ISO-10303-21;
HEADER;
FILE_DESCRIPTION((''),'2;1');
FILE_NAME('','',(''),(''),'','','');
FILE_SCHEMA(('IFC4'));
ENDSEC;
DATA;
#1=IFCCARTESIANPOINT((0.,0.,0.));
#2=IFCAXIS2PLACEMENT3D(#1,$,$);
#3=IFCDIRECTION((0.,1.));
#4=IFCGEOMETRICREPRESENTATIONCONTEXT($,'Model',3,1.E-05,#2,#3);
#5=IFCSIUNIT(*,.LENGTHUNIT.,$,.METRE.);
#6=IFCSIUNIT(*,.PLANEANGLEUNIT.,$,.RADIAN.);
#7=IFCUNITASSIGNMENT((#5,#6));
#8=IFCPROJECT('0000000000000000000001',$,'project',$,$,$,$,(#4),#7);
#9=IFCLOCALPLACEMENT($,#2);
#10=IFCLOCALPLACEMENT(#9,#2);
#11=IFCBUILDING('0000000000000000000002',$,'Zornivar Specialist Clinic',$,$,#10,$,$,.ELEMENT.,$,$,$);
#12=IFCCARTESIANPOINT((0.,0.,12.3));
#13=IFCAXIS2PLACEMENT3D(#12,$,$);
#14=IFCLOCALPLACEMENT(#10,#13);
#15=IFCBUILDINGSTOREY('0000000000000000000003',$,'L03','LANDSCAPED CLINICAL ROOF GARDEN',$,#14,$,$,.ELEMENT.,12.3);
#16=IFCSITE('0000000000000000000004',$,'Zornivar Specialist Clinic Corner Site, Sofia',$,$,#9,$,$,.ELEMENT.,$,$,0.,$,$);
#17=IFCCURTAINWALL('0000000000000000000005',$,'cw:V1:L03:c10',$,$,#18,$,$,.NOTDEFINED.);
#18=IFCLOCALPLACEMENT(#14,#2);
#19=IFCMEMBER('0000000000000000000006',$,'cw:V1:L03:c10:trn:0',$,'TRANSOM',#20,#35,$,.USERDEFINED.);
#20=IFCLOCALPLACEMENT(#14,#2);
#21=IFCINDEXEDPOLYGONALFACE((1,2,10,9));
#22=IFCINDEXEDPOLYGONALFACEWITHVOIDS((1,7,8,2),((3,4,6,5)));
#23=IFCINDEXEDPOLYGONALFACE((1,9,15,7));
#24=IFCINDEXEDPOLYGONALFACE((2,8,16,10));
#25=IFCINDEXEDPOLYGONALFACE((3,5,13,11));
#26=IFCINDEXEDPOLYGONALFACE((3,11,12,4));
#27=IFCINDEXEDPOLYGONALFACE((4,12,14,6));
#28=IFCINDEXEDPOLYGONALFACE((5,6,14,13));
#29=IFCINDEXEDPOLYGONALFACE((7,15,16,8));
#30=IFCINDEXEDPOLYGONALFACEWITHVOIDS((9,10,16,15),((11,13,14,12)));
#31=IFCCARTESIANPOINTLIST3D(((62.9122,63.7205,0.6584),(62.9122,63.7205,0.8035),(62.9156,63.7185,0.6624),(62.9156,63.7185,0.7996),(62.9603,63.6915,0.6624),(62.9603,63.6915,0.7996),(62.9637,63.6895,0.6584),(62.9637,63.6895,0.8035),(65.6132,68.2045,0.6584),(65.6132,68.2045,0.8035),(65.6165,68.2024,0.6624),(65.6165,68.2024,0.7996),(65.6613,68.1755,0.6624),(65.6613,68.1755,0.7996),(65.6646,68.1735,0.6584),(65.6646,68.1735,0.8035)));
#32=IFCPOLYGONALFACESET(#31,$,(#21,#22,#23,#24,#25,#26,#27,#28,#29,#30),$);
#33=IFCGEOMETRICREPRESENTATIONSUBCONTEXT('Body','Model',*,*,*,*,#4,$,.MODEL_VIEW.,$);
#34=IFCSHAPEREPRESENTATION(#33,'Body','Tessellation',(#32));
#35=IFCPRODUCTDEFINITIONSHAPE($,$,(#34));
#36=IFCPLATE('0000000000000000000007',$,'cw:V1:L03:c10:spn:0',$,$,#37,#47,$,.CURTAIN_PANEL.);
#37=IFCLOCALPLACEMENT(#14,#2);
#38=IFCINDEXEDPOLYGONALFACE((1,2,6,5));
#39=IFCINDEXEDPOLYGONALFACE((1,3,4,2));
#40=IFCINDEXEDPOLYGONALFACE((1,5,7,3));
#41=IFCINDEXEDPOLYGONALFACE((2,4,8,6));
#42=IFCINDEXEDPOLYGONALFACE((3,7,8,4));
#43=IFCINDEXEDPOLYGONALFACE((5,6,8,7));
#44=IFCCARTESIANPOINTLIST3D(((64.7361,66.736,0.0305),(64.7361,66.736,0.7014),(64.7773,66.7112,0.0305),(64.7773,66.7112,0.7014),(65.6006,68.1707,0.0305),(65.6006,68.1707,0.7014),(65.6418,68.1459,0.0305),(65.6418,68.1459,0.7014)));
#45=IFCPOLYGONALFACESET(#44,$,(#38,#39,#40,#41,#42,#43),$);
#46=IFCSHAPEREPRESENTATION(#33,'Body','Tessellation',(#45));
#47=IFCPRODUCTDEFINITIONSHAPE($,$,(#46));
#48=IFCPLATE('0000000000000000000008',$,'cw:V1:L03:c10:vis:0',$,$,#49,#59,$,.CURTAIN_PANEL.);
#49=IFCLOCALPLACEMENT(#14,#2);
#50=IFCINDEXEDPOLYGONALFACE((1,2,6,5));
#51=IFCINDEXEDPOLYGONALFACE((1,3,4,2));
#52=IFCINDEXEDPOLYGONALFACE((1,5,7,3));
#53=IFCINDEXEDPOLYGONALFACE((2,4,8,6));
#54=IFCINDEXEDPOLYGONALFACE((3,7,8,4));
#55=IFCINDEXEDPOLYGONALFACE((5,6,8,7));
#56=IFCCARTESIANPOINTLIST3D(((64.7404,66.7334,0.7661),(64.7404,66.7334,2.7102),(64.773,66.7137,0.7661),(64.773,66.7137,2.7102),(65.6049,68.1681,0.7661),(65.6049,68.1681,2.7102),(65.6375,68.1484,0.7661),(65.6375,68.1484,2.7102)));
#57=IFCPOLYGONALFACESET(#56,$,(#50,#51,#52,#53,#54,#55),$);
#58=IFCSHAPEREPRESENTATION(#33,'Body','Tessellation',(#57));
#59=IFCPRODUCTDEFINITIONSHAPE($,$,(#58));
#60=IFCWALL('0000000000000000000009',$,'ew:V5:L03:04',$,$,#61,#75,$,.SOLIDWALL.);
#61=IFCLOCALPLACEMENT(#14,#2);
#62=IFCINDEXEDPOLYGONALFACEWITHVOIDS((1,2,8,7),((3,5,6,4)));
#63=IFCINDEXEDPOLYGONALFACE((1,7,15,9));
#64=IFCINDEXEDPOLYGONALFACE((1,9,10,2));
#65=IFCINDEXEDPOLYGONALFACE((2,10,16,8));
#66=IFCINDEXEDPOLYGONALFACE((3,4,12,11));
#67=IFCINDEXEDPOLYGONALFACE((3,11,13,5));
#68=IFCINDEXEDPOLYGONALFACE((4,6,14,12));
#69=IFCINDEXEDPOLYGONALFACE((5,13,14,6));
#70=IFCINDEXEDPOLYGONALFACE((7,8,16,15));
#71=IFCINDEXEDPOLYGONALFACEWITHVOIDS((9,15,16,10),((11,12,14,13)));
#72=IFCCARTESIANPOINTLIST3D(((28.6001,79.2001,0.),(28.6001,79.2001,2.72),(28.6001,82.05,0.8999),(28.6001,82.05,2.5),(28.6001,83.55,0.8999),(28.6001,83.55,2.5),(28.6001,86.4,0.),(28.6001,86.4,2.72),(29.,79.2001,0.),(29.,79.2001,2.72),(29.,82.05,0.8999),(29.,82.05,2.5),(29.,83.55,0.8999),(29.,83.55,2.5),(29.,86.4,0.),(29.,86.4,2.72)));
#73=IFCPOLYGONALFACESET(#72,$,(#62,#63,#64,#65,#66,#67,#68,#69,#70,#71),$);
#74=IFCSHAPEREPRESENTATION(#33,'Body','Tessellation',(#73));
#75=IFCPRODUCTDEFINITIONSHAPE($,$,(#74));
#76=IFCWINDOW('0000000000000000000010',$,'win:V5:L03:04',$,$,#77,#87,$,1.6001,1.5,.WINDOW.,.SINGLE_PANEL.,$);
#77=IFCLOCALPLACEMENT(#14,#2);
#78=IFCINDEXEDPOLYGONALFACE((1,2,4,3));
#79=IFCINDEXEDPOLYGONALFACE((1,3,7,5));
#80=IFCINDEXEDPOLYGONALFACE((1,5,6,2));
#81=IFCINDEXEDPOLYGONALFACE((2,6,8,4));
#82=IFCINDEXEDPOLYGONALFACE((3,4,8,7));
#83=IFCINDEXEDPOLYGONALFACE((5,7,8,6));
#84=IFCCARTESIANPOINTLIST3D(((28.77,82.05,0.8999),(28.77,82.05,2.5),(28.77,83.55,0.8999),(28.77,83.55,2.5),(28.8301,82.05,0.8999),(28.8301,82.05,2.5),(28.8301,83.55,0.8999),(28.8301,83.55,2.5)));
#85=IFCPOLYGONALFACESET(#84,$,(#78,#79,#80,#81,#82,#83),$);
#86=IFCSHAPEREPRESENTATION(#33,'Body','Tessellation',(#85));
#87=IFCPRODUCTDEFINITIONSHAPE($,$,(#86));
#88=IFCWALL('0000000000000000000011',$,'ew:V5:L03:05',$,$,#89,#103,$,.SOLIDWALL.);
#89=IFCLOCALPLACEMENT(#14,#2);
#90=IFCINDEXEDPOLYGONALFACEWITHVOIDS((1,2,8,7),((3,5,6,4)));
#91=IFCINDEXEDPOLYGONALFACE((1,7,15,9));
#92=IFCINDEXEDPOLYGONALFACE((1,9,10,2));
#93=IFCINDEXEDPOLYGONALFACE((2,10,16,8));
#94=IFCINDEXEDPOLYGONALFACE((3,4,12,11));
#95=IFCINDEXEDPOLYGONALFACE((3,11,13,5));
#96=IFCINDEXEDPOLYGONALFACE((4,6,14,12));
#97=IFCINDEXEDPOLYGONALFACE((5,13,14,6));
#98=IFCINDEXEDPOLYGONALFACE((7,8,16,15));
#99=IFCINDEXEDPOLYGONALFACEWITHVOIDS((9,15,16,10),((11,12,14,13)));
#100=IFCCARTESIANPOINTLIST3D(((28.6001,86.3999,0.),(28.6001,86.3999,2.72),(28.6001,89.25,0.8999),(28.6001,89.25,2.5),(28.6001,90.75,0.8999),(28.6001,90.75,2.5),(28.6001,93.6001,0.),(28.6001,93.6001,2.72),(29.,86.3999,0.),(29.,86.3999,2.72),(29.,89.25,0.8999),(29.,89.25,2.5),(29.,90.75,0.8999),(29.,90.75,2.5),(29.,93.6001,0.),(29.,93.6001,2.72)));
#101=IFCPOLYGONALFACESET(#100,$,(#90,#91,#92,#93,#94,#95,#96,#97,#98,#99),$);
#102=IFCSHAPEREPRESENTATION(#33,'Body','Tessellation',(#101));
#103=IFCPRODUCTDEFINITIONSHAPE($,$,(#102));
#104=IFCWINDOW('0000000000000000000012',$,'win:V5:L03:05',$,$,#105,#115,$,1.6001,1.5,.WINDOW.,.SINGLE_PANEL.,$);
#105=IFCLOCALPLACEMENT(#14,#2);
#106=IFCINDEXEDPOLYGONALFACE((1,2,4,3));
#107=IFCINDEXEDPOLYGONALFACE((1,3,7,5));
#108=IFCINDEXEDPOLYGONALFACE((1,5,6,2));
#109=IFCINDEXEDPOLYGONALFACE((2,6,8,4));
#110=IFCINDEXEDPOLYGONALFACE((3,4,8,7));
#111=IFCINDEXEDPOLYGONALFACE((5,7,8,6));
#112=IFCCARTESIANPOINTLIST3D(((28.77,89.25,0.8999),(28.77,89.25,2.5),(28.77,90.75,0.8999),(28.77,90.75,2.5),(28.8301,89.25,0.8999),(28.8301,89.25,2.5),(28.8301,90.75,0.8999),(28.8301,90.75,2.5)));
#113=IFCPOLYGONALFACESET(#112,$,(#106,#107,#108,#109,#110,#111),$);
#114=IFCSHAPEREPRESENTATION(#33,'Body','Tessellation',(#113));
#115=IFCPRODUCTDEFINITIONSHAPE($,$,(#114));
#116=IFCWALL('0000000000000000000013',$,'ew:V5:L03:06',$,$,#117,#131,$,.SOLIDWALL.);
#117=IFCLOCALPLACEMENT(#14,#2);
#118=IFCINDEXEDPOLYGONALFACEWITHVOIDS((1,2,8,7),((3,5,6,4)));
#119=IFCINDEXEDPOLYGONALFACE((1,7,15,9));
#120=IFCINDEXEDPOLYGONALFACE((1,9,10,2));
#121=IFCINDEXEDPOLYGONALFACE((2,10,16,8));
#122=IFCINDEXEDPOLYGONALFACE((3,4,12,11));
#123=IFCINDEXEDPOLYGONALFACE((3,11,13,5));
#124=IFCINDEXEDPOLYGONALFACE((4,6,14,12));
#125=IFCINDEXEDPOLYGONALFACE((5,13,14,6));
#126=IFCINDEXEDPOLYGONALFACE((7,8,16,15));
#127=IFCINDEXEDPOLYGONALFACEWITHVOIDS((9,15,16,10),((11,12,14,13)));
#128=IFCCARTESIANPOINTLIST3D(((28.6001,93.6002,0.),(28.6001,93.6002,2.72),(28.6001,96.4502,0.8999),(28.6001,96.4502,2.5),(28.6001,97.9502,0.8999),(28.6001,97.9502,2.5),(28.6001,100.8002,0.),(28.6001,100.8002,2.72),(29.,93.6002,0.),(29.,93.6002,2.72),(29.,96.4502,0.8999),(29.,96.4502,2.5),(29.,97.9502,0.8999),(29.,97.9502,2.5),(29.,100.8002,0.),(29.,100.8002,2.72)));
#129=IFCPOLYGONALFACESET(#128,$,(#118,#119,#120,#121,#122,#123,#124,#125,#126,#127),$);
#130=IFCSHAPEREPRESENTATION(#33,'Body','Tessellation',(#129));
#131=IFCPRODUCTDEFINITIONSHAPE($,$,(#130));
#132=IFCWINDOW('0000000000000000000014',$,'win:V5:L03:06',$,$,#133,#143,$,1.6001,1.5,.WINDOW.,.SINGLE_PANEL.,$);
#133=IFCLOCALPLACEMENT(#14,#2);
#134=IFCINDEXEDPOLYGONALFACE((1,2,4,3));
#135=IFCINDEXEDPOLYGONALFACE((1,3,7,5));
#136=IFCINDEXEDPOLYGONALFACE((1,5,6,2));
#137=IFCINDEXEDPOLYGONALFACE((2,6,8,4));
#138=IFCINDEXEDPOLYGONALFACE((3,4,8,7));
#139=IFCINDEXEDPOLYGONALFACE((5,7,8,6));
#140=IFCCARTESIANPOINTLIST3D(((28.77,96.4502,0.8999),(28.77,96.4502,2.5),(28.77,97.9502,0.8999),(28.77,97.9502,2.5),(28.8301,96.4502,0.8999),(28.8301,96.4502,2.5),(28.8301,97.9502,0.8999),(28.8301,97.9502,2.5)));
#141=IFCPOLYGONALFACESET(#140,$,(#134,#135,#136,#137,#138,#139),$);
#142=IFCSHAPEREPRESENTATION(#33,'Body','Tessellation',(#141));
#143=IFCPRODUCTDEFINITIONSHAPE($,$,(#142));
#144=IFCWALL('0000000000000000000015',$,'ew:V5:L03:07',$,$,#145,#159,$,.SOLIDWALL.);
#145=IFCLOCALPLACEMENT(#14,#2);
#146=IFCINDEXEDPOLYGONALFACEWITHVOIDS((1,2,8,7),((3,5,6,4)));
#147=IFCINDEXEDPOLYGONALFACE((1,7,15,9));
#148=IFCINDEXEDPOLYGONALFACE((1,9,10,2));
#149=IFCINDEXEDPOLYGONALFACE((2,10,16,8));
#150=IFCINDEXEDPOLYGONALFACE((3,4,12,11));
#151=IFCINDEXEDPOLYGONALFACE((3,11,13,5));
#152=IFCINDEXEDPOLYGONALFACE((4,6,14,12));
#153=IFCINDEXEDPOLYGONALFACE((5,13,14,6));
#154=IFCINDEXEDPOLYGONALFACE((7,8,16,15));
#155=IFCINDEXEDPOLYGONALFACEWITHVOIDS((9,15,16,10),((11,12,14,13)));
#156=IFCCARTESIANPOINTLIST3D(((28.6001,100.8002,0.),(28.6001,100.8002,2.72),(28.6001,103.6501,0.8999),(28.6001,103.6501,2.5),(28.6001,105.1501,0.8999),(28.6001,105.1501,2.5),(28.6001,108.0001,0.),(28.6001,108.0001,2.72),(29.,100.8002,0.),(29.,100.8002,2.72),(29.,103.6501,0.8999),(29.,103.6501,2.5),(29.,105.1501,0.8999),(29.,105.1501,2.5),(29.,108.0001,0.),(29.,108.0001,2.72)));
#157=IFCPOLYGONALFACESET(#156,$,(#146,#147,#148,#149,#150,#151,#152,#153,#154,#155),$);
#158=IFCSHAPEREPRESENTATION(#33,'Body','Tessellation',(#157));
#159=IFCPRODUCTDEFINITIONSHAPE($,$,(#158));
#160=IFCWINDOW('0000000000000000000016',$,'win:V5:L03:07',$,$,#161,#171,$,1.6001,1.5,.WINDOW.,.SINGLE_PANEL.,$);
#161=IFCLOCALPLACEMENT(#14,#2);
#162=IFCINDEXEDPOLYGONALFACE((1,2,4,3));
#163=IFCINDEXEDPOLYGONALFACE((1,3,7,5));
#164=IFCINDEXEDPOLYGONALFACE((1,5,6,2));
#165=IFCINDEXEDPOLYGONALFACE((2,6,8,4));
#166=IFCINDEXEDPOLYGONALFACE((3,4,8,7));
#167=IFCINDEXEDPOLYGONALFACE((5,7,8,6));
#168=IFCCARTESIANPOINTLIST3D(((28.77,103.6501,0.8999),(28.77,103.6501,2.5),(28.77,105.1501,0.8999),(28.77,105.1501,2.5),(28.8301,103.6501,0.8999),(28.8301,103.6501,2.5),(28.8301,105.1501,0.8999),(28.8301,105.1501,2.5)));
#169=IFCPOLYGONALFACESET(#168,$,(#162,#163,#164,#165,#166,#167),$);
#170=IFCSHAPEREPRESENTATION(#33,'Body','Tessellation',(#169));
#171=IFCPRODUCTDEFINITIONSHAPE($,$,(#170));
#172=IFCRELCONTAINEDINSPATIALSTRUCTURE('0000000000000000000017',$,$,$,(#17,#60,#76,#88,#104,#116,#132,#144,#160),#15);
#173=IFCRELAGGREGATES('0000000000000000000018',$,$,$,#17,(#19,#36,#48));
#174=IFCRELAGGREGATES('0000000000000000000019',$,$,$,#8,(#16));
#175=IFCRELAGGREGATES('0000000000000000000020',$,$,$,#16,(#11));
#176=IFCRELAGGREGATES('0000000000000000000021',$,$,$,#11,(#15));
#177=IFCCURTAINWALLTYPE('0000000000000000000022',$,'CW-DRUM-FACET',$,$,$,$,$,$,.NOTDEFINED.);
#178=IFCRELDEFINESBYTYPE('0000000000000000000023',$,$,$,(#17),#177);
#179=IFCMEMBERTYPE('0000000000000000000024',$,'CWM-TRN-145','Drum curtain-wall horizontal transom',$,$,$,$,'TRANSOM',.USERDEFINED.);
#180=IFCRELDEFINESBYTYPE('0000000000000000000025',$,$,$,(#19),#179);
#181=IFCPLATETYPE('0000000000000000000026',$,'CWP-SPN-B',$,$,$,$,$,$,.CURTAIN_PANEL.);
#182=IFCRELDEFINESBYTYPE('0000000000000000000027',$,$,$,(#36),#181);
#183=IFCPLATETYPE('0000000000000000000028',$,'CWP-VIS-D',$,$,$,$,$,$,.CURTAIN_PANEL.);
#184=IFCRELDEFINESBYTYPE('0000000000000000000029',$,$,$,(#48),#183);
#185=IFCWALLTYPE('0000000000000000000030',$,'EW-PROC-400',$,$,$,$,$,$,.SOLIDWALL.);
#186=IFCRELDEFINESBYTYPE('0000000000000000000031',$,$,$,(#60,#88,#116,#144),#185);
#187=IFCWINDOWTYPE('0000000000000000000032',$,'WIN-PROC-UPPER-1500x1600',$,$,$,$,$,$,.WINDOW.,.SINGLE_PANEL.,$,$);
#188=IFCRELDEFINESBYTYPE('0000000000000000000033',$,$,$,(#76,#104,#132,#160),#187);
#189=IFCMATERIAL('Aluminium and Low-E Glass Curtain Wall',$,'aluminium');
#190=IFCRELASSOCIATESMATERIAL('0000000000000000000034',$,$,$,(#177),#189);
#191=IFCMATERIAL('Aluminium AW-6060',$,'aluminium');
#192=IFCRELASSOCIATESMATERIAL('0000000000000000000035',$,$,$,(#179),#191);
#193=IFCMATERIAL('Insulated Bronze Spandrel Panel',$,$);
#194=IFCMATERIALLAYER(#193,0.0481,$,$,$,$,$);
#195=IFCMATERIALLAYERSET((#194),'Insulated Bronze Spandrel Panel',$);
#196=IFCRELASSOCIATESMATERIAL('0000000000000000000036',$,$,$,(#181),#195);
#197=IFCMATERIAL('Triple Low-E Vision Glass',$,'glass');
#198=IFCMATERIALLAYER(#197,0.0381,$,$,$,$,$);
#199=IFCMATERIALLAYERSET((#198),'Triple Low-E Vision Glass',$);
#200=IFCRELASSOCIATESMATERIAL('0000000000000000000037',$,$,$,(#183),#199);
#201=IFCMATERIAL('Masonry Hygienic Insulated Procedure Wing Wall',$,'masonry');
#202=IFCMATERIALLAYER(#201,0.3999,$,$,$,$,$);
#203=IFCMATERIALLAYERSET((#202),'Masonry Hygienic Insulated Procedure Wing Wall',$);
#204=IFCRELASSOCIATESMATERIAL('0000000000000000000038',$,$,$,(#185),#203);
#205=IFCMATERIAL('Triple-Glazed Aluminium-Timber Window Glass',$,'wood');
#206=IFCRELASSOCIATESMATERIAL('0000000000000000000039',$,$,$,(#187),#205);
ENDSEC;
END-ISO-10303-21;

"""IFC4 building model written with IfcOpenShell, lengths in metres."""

from ifc_helpers import new_model, si_unit, direction, frame, frame_2d, origin, origin_2d, place, context, subcontext, project, spatial, rectangle, hollow_rectangle, extrude, material, layer, layer_set, material_profile, profile_set, type_object, element, fill, aggregate, save


model = new_model("IFC4")

# Units and contexts
model_context = context("Model", 3, precision=1e-05, world=origin(), true_north=direction((0.0, 1.0)))
body_context = subcontext(model_context, "Body", "Model", "MODEL_VIEW")
ifc_project = project(units=[si_unit("LENGTHUNIT", "METRE"), si_unit("PLANEANGLEUNIT", "RADIAN")], contexts=[model_context])

# Site, building, storey
site_placement = place(None, origin())
site = spatial("IfcSite", under=ifc_project, at=site_placement, Name="Zornivar Specialist Clinic Corner Site, Sofia", CompositionType="ELEMENT", RefElevation=0.0)
building_placement = place(site_placement, origin())
building = spatial("IfcBuilding", under=site, at=building_placement, Name="Zornivar Specialist Clinic", CompositionType="ELEMENT")
storey_placement = place(building_placement, frame((0.0, 0.0, 12.3)))
storey = spatial("IfcBuildingStorey", under=building, at=storey_placement, Name="L03", Description="LANDSCAPED CLINICAL ROOF GARDEN", CompositionType="ELEMENT", Elevation=12.3)

# Curtain wall, member, plates
ifc_material_1 = material(Name="Aluminium and Low-E Glass Curtain Wall", Category="aluminium")
curtain_wall_type = type_object("IfcCurtainWallType", Name="CW-DRUM-FACET", PredefinedType="NOTDEFINED", material=ifc_material_1)
curtain_wall_placement = place(storey_placement, origin())
curtain_wall = element("IfcCurtainWall", 1, at=curtain_wall_placement, inside=storey, type_object=curtain_wall_type, Name="cw:V1:L03:c10", PredefinedType="NOTDEFINED")
ifc_material_2 = material(Name="Aluminium AW-6060", Category="aluminium")
ifc_material_profile_1 = material_profile(ifc_material_2, hollow_rectangle(XDim=0.0601, YDim=0.145, WallThickness=0.0039, at=origin_2d()), Name="ALU 60x145x4")
ifc_profile_set_1 = profile_set([ifc_material_profile_1], Name="Aluminium AW-6060")
member_type_1 = type_object("IfcMemberType", Name="CWM-TRN-145", Description="Drum curtain-wall horizontal transom", ElementType="TRANSOM", PredefinedType="USERDEFINED", material=ifc_profile_set_1)
member_1_placement = place(storey_placement, frame((65.6389, 68.189, 0.731), z_axis=(-0.515983, -0.856599, 0.0), x_axis=(0.856599, -0.515983, 0.0)))
member_1 = element("IfcMember", 2, at=member_1_placement, type_object=member_type_1, Name="cw:V1:L03:c10:trn:0", ObjectType="TRANSOM", PredefinedType="USERDEFINED", context=body_context, shape_type="SweptSolid", body=[
    extrude(hollow_rectangle(XDim=0.0601, YDim=0.145, WallThickness=0.0039, at=origin_2d()), origin(), (0.0, 0.0, 1.0), 5.2346),
])
ifc_material_3 = material(Name="Insulated Bronze Spandrel Panel")
ifc_layer_1 = layer(ifc_material_3, 0.0481)
ifc_layer_set_1 = layer_set([ifc_layer_1], Name="Insulated Bronze Spandrel Panel")
plate_type_1 = type_object("IfcPlateType", Name="CWP-SPN-B", PredefinedType="CURTAIN_PANEL", material=ifc_layer_set_1)
plate_1_placement = place(storey_placement, frame((65.189, 67.4409, 0.0305), z_axis=(0.0, 0.0, 1.0), x_axis=(-0.516127, -0.856512, 0.0)))
plate_1 = element("IfcPlate", 3, at=plate_1_placement, type_object=plate_type_1, Name="cw:V1:L03:c10:spn:0", PredefinedType="CURTAIN_PANEL", context=body_context, shape_type="SweptSolid", body=[
    extrude(rectangle(XDim=1.675, YDim=0.0481, at=origin_2d()), origin(), (0.0, 0.0, 1.0), 0.6709),
])
ifc_material_4 = material(Name="Triple Low-E Vision Glass", Category="glass")
ifc_layer_2 = layer(ifc_material_4, 0.0381)
ifc_layer_set_2 = layer_set([ifc_layer_2], Name="Triple Low-E Vision Glass")
plate_type_2 = type_object("IfcPlateType", Name="CWP-VIS-D", PredefinedType="CURTAIN_PANEL", material=ifc_layer_set_2)
plate_2_placement = place(storey_placement, frame((65.189, 67.4409, 0.7661), z_axis=(0.0, 0.0, 1.0), x_axis=(-0.516127, -0.856512, 0.0)))
plate_2 = element("IfcPlate", 4, at=plate_2_placement, type_object=plate_type_2, Name="cw:V1:L03:c10:vis:0", PredefinedType="CURTAIN_PANEL", context=body_context, shape_type="SweptSolid", body=[
    extrude(rectangle(XDim=1.675, YDim=0.0381, at=origin_2d()), origin(), (0.0, 0.0, 1.0), 1.9441),
])
aggregate(curtain_wall, [member_1, plate_1, plate_2])

# Walls, openings, windows
ifc_material_5 = material(Name="Masonry Hygienic Insulated Procedure Wing Wall", Category="masonry")
ifc_layer_3 = layer(ifc_material_5, 0.3999)
ifc_layer_set_3 = layer_set([ifc_layer_3], Name="Masonry Hygienic Insulated Procedure Wing Wall")
wall_type = type_object("IfcWallType", Name="EW-PROC-400", PredefinedType="SOLIDWALL", material=ifc_layer_set_3)
wall_1_placement = place(storey_placement, frame((28.8, 79.2, 0.0), z_axis=(0.0, 0.0, 1.0), x_axis=(0.0, 1.0, 0.0)))
wall_1 = element("IfcWall", 5, at=wall_1_placement, inside=storey, type_object=wall_type, Name="ew:V5:L03:04", PredefinedType="SOLIDWALL", context=body_context, shape_type="SweptSolid", body=[
    extrude(rectangle(XDim=7.2, YDim=0.3999, at=frame_2d((3.6001, 0.0))), origin(), (0.0, 0.0, 1.0), 2.72),
])
opening_1_placement = place(wall_1_placement, frame((2.8501, 0.0, 0.8999)))
opening_1 = element("IfcOpeningElement", 6, at=opening_1_placement, cuts=wall_1, PredefinedType="OPENING", context=body_context, shape_type="SweptSolid", body=[
    extrude(rectangle(XDim=1.5, YDim=1.6001, at=frame_2d((0.75, 0.8))), frame((0.0, 0.21, 0.0), z_axis=(0.0, -1.0, 0.0), x_axis=(1.0, 0.0, 0.0)), (0.0, 0.0, 1.0), 0.4199),
])
ifc_material_6 = material(Name="Triple-Glazed Aluminium-Timber Window Glass", Category="wood")
window_type = type_object("IfcWindowType", Name="WIN-PROC-UPPER-1500x1600", PartitioningType="SINGLE_PANEL", PredefinedType="WINDOW", material=ifc_material_6)
window_1_placement = place(opening_1_placement, origin())
window_1 = element("IfcWindow", 7, at=window_1_placement, inside=storey, type_object=window_type, Name="win:V5:L03:04", OverallHeight=1.6001, OverallWidth=1.5, PartitioningType="SINGLE_PANEL", PredefinedType="WINDOW", context=body_context, shape_type="SweptSolid", body=[
    extrude(rectangle(XDim=1.5, YDim=1.6001, at=frame_2d((0.75, 0.8))), frame((0.0, 0.03, 0.0), z_axis=(0.0, -1.0, 0.0), x_axis=(1.0, 0.0, 0.0)), (0.0, 0.0, 1.0), 0.0601),
])
fill(opening_1, window_1)
wall_2_placement = place(storey_placement, frame((28.8, 86.3999, 0.0), z_axis=(0.0, 0.0, 1.0), x_axis=(0.0, 1.0, 0.0)))
wall_2 = element("IfcWall", 8, at=wall_2_placement, inside=storey, type_object=wall_type, Name="ew:V5:L03:05", PredefinedType="SOLIDWALL", context=body_context, shape_type="SweptSolid", body=[
    extrude(rectangle(XDim=7.2002, YDim=0.3999, at=frame_2d((3.6001, 0.0))), origin(), (0.0, 0.0, 1.0), 2.72),
])
opening_2_placement = place(wall_2_placement, frame((2.8501, 0.0, 0.8999)))
opening_2 = element("IfcOpeningElement", 9, at=opening_2_placement, cuts=wall_2, PredefinedType="OPENING", context=body_context, shape_type="SweptSolid", body=[
    extrude(rectangle(XDim=1.5, YDim=1.6001, at=frame_2d((0.75, 0.8))), frame((0.0, 0.21, 0.0), z_axis=(0.0, -1.0, 0.0), x_axis=(1.0, 0.0, 0.0)), (0.0, 0.0, 1.0), 0.4199),
])
window_2_placement = place(opening_2_placement, origin())
window_2 = element("IfcWindow", 10, at=window_2_placement, inside=storey, type_object=window_type, Name="win:V5:L03:05", OverallHeight=1.6001, OverallWidth=1.5, PartitioningType="SINGLE_PANEL", PredefinedType="WINDOW", context=body_context, shape_type="SweptSolid", body=[
    extrude(rectangle(XDim=1.5, YDim=1.6001, at=frame_2d((0.75, 0.8))), frame((0.0, 0.03, 0.0), z_axis=(0.0, -1.0, 0.0), x_axis=(1.0, 0.0, 0.0)), (0.0, 0.0, 1.0), 0.0601),
])
fill(opening_2, window_2)
wall_3_placement = place(storey_placement, frame((28.8, 93.6001, 0.0), z_axis=(0.0, 0.0, 1.0), x_axis=(0.0, 1.0, 0.0)))
wall_3 = element("IfcWall", 11, at=wall_3_placement, inside=storey, type_object=wall_type, Name="ew:V5:L03:06", PredefinedType="SOLIDWALL", context=body_context, shape_type="SweptSolid", body=[
    extrude(rectangle(XDim=7.2, YDim=0.3999, at=frame_2d((3.6001, 0.0))), origin(), (0.0, 0.0, 1.0), 2.72),
])
opening_3_placement = place(wall_3_placement, frame((2.8501, 0.0, 0.8999)))
opening_3 = element("IfcOpeningElement", 12, at=opening_3_placement, cuts=wall_3, PredefinedType="OPENING", context=body_context, shape_type="SweptSolid", body=[
    extrude(rectangle(XDim=1.5, YDim=1.6001, at=frame_2d((0.75, 0.8))), frame((0.0, 0.21, 0.0), z_axis=(0.0, -1.0, 0.0), x_axis=(1.0, 0.0, 0.0)), (0.0, 0.0, 1.0), 0.4199),
])
window_3_placement = place(opening_3_placement, origin())
window_3 = element("IfcWindow", 13, at=window_3_placement, inside=storey, type_object=window_type, Name="win:V5:L03:06", OverallHeight=1.6001, OverallWidth=1.5, PartitioningType="SINGLE_PANEL", PredefinedType="WINDOW", context=body_context, shape_type="SweptSolid", body=[
    extrude(rectangle(XDim=1.5, YDim=1.6001, at=frame_2d((0.75, 0.8))), frame((0.0, 0.03, 0.0), z_axis=(0.0, -1.0, 0.0), x_axis=(1.0, 0.0, 0.0)), (0.0, 0.0, 1.0), 0.0601),
])
fill(opening_3, window_3)
wall_4_placement = place(storey_placement, frame((28.8, 100.8, 0.0), z_axis=(0.0, 0.0, 1.0), x_axis=(0.0, 1.0, 0.0)))
wall_4 = element("IfcWall", 14, at=wall_4_placement, inside=storey, type_object=wall_type, Name="ew:V5:L03:07", PredefinedType="SOLIDWALL", context=body_context, shape_type="SweptSolid", body=[
    extrude(rectangle(XDim=7.2, YDim=0.3999, at=frame_2d((3.6001, 0.0))), origin(), (0.0, 0.0, 1.0), 2.72),
])
opening_4_placement = place(wall_4_placement, frame((2.8501, 0.0, 0.8999)))
opening_4 = element("IfcOpeningElement", 15, at=opening_4_placement, cuts=wall_4, PredefinedType="OPENING", context=body_context, shape_type="SweptSolid", body=[
    extrude(rectangle(XDim=1.5, YDim=1.6001, at=frame_2d((0.75, 0.8))), frame((0.0, 0.21, 0.0), z_axis=(0.0, -1.0, 0.0), x_axis=(1.0, 0.0, 0.0)), (0.0, 0.0, 1.0), 0.4199),
])
window_4_placement = place(opening_4_placement, origin())
window_4 = element("IfcWindow", 16, at=window_4_placement, inside=storey, type_object=window_type, Name="win:V5:L03:07", OverallHeight=1.6001, OverallWidth=1.5, PartitioningType="SINGLE_PANEL", PredefinedType="WINDOW", context=body_context, shape_type="SweptSolid", body=[
    extrude(rectangle(XDim=1.5, YDim=1.6001, at=frame_2d((0.75, 0.8))), frame((0.0, 0.03, 0.0), z_axis=(0.0, -1.0, 0.0), x_axis=(1.0, 0.0, 0.0)), (0.0, 0.0, 1.0), 0.0601),
])
fill(opening_4, window_4)

save(model, "model.ifc")
